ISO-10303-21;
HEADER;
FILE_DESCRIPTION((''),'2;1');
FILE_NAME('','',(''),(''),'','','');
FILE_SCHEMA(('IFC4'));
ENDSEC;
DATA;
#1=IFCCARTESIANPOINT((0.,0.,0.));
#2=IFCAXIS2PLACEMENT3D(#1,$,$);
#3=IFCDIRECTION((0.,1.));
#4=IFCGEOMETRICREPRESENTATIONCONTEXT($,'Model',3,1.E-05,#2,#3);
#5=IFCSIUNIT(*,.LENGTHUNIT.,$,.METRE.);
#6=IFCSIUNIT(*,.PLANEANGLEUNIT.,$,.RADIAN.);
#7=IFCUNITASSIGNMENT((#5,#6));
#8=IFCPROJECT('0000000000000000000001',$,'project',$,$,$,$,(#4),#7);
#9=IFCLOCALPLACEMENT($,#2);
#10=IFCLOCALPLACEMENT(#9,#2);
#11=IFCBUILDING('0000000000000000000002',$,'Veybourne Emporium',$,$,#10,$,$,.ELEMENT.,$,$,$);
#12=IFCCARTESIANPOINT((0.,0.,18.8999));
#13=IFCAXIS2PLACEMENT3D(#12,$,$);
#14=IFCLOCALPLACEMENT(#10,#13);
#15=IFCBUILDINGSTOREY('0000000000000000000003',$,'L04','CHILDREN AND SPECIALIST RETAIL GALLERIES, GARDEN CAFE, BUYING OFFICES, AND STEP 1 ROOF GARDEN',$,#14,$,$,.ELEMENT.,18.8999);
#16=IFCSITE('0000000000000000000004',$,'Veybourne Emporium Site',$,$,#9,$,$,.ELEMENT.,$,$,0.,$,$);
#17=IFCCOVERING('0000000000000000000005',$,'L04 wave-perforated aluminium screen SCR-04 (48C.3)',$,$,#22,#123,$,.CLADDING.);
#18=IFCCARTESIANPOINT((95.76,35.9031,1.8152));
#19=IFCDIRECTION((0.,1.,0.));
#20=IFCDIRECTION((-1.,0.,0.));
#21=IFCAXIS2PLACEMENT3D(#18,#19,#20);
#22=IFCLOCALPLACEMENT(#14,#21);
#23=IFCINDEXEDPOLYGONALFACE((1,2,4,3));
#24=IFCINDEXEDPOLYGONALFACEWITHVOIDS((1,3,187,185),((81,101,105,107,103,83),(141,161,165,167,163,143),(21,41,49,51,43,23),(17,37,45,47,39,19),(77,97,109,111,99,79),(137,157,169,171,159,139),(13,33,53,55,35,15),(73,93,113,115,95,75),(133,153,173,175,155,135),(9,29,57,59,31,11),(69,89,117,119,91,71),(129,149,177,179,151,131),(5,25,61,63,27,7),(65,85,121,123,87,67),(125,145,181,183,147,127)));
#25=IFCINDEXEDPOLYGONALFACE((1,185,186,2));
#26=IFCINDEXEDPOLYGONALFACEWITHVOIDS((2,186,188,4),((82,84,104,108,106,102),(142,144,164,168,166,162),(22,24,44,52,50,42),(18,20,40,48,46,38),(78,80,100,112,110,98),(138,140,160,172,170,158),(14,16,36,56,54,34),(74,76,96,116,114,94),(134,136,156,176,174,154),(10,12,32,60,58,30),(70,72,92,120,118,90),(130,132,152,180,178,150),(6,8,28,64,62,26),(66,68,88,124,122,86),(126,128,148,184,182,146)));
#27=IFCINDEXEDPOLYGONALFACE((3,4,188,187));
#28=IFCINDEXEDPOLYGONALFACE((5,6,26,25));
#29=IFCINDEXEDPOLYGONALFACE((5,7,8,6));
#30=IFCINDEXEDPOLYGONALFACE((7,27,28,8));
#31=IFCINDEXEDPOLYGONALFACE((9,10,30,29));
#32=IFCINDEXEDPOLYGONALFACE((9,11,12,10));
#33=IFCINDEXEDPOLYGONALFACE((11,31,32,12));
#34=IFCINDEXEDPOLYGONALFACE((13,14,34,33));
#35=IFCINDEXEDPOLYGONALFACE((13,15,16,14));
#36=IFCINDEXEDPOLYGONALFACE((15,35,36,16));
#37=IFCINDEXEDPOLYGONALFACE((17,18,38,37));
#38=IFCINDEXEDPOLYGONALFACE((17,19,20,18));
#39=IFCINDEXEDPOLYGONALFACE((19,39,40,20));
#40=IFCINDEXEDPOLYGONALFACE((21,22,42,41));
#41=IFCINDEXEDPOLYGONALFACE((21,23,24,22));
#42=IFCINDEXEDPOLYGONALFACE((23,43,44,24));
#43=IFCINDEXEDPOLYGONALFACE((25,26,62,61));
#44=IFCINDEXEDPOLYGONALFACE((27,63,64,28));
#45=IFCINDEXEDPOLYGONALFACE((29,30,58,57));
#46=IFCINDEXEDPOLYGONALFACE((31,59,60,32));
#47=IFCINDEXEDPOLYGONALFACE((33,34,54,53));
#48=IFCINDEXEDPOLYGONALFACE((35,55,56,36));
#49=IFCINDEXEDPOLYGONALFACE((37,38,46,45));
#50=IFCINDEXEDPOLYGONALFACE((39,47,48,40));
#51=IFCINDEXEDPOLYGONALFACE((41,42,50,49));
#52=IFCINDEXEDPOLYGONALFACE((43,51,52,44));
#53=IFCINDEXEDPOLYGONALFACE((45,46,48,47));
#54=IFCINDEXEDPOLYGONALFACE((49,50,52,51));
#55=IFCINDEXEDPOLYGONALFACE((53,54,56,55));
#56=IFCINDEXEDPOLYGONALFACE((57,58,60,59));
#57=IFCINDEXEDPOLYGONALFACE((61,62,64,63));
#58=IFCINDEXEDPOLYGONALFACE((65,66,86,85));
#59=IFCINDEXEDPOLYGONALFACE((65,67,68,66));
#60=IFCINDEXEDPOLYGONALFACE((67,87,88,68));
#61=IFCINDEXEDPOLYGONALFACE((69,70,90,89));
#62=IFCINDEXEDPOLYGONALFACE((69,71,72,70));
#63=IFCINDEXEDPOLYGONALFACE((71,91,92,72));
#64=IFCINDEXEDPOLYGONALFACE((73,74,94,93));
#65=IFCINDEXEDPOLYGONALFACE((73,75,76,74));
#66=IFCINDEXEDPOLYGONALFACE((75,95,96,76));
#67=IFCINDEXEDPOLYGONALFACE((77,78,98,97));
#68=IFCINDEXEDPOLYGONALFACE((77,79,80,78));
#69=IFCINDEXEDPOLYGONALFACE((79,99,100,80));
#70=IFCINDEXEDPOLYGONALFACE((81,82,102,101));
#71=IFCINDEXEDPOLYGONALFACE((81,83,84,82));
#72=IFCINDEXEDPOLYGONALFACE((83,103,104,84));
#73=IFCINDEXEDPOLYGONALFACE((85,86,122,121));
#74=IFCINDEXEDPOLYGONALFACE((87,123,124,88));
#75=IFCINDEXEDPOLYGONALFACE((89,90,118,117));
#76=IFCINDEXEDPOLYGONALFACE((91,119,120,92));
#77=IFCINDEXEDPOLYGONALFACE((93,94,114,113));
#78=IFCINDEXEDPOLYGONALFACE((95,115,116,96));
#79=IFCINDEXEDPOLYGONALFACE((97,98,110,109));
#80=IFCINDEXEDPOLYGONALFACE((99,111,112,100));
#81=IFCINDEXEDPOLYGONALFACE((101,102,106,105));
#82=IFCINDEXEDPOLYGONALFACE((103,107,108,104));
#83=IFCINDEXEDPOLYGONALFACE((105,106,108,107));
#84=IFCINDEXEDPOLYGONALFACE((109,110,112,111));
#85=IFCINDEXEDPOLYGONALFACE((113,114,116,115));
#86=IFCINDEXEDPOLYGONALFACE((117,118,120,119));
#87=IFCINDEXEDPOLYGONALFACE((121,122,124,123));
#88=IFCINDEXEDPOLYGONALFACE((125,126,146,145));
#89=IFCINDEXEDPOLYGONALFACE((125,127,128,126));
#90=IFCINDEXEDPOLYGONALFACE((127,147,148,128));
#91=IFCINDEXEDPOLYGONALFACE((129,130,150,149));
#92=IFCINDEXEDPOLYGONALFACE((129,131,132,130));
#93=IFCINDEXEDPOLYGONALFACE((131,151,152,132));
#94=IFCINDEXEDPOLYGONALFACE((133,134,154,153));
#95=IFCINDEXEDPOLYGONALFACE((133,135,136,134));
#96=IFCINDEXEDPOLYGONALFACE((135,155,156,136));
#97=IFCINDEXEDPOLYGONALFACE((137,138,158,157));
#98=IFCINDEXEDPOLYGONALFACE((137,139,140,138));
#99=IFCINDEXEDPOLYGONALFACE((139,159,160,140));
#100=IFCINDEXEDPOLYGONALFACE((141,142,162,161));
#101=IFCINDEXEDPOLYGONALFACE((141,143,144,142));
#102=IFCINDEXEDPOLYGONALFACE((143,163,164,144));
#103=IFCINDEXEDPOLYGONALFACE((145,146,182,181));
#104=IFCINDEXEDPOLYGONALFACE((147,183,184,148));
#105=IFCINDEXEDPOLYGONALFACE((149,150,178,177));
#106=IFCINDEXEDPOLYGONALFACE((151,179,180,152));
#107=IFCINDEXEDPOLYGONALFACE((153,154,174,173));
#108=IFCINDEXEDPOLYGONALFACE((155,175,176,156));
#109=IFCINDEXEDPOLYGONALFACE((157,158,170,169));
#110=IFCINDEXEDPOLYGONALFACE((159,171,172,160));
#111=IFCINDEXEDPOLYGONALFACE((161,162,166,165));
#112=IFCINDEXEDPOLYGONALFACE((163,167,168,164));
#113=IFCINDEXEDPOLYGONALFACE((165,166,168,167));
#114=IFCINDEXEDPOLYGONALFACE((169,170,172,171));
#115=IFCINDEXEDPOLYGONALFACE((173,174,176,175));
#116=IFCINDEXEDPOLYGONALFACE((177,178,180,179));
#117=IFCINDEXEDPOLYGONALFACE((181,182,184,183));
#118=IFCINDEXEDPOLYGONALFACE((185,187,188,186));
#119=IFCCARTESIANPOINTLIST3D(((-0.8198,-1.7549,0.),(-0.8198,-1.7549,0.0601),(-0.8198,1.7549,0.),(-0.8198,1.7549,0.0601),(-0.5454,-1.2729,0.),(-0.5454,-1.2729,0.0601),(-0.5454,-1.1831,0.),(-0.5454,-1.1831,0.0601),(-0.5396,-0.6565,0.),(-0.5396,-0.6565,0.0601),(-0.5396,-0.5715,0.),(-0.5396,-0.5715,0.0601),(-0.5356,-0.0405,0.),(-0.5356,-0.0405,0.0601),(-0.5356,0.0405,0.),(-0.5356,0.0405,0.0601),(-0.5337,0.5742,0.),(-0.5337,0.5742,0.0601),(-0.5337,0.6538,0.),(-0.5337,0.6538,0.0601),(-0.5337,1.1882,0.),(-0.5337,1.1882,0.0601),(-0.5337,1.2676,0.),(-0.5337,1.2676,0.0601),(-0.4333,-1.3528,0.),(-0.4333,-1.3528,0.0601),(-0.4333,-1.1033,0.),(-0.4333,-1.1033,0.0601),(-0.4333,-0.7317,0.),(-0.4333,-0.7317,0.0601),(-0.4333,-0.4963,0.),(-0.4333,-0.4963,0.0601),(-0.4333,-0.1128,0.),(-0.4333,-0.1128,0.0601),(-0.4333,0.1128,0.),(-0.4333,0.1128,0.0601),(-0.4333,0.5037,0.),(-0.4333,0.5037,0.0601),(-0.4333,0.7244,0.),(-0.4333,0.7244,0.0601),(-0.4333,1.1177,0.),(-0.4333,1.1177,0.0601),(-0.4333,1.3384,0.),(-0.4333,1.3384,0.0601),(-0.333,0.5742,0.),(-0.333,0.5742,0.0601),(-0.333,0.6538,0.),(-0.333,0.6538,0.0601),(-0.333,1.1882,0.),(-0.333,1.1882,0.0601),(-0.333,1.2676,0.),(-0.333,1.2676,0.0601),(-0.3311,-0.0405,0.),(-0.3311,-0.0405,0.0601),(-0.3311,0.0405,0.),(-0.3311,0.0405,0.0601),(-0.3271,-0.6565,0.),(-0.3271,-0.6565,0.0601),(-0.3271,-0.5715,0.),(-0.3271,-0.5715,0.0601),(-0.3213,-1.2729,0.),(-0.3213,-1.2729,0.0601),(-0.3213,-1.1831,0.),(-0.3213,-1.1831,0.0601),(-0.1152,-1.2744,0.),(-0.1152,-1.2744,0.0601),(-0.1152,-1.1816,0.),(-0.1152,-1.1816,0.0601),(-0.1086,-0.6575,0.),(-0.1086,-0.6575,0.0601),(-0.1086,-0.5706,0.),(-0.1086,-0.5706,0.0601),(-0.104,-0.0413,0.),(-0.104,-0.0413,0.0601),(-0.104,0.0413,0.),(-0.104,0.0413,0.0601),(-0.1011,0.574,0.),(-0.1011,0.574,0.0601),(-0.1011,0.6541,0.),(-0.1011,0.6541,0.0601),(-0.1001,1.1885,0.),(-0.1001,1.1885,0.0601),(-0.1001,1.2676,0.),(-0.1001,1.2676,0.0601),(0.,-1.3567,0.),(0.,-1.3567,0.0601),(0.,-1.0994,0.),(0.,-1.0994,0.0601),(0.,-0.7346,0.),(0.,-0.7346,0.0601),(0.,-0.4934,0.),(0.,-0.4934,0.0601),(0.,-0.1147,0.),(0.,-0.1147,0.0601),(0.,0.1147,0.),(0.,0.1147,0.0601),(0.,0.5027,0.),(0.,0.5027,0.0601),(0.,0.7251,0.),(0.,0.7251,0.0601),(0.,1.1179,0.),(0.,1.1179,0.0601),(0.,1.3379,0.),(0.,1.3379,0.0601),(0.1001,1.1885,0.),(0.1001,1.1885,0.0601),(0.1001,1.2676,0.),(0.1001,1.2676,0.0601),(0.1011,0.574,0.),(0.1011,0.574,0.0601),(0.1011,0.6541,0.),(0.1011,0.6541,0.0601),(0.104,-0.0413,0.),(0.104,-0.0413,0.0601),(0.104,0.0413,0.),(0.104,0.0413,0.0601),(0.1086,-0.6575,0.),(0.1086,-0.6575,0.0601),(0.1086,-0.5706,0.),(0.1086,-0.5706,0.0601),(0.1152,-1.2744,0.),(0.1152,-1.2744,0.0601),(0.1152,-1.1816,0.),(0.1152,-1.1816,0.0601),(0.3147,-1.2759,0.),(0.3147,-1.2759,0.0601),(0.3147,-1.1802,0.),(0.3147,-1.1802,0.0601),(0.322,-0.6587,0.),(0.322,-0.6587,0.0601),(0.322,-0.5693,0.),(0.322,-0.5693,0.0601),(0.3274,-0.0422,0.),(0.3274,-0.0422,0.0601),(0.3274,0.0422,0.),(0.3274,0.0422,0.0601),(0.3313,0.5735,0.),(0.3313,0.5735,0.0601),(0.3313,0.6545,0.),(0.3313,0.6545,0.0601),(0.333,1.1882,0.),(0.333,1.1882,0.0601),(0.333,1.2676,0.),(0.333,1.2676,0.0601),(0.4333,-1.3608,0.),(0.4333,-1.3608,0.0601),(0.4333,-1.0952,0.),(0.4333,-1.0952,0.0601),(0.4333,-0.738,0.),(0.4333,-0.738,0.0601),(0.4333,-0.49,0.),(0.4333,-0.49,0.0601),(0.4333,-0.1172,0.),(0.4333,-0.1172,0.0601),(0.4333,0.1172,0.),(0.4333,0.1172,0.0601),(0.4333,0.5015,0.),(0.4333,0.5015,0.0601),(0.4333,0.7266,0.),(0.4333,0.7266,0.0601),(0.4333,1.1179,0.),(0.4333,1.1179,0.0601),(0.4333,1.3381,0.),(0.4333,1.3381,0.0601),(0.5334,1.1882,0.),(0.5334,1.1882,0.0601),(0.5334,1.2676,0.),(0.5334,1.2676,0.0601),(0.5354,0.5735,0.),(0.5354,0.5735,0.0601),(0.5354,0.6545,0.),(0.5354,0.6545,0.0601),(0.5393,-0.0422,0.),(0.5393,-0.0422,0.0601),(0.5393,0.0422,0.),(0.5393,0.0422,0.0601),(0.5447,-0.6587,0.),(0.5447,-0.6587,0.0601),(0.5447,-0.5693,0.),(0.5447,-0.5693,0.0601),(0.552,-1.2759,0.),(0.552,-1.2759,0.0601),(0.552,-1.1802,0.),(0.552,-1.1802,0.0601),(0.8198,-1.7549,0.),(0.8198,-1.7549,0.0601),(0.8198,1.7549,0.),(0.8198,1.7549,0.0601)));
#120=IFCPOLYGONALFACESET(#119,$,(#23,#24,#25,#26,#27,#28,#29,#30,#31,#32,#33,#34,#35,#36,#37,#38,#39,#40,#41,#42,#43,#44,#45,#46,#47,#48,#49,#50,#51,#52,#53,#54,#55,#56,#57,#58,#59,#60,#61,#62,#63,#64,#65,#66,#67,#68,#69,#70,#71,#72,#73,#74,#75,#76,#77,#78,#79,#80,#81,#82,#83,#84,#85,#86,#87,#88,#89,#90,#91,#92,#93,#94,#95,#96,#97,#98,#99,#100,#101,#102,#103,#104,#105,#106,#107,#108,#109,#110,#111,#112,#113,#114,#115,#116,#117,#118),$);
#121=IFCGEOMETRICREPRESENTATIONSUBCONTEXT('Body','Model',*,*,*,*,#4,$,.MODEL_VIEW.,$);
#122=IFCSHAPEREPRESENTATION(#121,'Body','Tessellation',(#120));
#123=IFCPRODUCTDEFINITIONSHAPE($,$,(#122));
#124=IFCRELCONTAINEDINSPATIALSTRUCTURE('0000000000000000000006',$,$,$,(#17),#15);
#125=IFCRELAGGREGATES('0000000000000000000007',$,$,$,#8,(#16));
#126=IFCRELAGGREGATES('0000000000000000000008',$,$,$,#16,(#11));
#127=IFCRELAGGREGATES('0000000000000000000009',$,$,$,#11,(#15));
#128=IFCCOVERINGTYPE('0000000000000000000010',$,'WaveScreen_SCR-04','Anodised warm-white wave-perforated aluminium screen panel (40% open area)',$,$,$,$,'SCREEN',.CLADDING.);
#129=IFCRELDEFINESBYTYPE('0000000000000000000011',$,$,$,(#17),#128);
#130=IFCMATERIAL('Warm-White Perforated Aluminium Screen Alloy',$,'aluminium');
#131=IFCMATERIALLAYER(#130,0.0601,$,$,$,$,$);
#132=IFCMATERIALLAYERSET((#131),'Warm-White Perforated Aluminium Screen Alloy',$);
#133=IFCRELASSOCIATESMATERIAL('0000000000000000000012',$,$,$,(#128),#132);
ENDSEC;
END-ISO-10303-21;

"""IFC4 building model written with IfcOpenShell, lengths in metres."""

from ifc_helpers import new_model, si_unit, direction, frame, origin, place, context, subcontext, project, spatial, polyline, outline, extrude, material, layer, layer_set, type_object, element, save


model = new_model("IFC4")

# Units and contexts
model_context = context("Model", 3, precision=1e-05, world=origin(), true_north=direction((0.0, 1.0)))
body_context = subcontext(model_context, "Body", "Model", "MODEL_VIEW")
ifc_project = project(units=[si_unit("LENGTHUNIT", "METRE"), si_unit("PLANEANGLEUNIT", "RADIAN")], contexts=[model_context])

# Site, building, storey
site_placement = place(None, origin())
site = spatial("IfcSite", under=ifc_project, at=site_placement, Name="Veybourne Emporium Site", CompositionType="ELEMENT", RefElevation=0.0)
building_placement = place(site_placement, origin())
building = spatial("IfcBuilding", under=site, at=building_placement, Name="Veybourne Emporium", CompositionType="ELEMENT")
storey_placement = place(building_placement, frame((0.0, 0.0, 18.8999)))
storey = spatial("IfcBuildingStorey", under=building, at=storey_placement, Name="L04", Description="CHILDREN AND SPECIALIST RETAIL GALLERIES, GARDEN CAFE, BUYING OFFICES, AND STEP 1 ROOF GARDEN", CompositionType="ELEMENT", Elevation=18.8999)

# Covering
ifc_material_1 = material(Name="Warm-White Perforated Aluminium Screen Alloy", Category="aluminium")
ifc_layer_1 = layer(ifc_material_1, 0.0601)
ifc_layer_set_1 = layer_set([ifc_layer_1], Name="Warm-White Perforated Aluminium Screen Alloy")
covering_type_1 = type_object("IfcCoveringType", Name="WaveScreen_SCR-04", Description="Anodised warm-white wave-perforated aluminium screen panel (40% open area)", ElementType="SCREEN", PredefinedType="CLADDING", material=ifc_layer_set_1)
covering_1_placement = place(storey_placement, frame((95.76, 35.9031, 1.8152), z_axis=(0.0, 1.0, 0.0), x_axis=(-1.0, 0.0, 0.0)))
element("IfcCovering", 1, at=covering_1_placement, inside=storey, type_object=covering_type_1, Name="L04 wave-perforated aluminium screen SCR-04 (48C.3)", PredefinedType="CLADDING", context=body_context, shape_type="SweptSolid", body=[
    extrude(outline(polyline([(-0.8198, -1.7549), (0.8198, -1.7549), (0.8198, 1.7549), (-0.8198, 1.7549), (-0.8198, -1.7549)]), holes=[polyline([(-0.4333, -1.1033), (-0.3213, -1.1831), (-0.3213, -1.2729), (-0.4333, -1.3528), (-0.5454, -1.2729), (-0.5454, -1.1831), (-0.4333, -1.1033)]), polyline([(-0.4333, -0.4963), (-0.3271, -0.5715), (-0.3271, -0.6565), (-0.4333, -0.7317), (-0.5396, -0.6565), (-0.5396, -0.5715), (-0.4333, -0.4963)]), polyline([(-0.4333, 0.1128), (-0.3311, 0.0405), (-0.3311, -0.0405), (-0.4333, -0.1128), (-0.5356, -0.0405), (-0.5356, 0.0405), (-0.4333, 0.1128)]), polyline([(-0.4333, 0.7244), (-0.333, 0.6538), (-0.333, 0.5742), (-0.4333, 0.5037), (-0.5337, 0.5742), (-0.5337, 0.6538), (-0.4333, 0.7244)]), polyline([(-0.4333, 1.3384), (-0.333, 1.2676), (-0.333, 1.1882), (-0.4333, 1.1177), (-0.5337, 1.1882), (-0.5337, 1.2676), (-0.4333, 1.3384)]), polyline([(0.0, -1.0994), (0.1152, -1.1816), (0.1152, -1.2744), (0.0, -1.3567), (-0.1152, -1.2744), (-0.1152, -1.1816), (0.0, -1.0994)]), polyline([(0.0, -0.4934), (0.1086, -0.5706), (0.1086, -0.6575), (0.0, -0.7346), (-0.1086, -0.6575), (-0.1086, -0.5706), (0.0, -0.4934)]), polyline([(0.0, 0.1147), (0.104, 0.0413), (0.104, -0.0413), (0.0, -0.1147), (-0.104, -0.0413), (-0.104, 0.0413), (0.0, 0.1147)]), polyline([(0.0, 0.7251), (0.1011, 0.6541), (0.1011, 0.574), (0.0, 0.5027), (-0.1011, 0.574), (-0.1011, 0.6541), (0.0, 0.7251)]), polyline([(0.0, 1.3379), (0.1001, 1.2676), (0.1001, 1.1885), (0.0, 1.1179), (-0.1001, 1.1885), (-0.1001, 1.2676), (0.0, 1.3379)]), polyline([(0.4333, -1.0952), (0.552, -1.1802), (0.552, -1.2759), (0.4333, -1.3608), (0.3147, -1.2759), (0.3147, -1.1802), (0.4333, -1.0952)]), polyline([(0.4333, -0.49), (0.5447, -0.5693), (0.5447, -0.6587), (0.4333, -0.738), (0.322, -0.6587), (0.322, -0.5693), (0.4333, -0.49)]), polyline([(0.4333, 0.1172), (0.5393, 0.0422), (0.5393, -0.0422), (0.4333, -0.1172), (0.3274, -0.0422), (0.3274, 0.0422), (0.4333, 0.1172)]), polyline([(0.4333, 0.7266), (0.5354, 0.6545), (0.5354, 0.5735), (0.4333, 0.5015), (0.3313, 0.5735), (0.3313, 0.6545), (0.4333, 0.7266)]), polyline([(0.4333, 1.3381), (0.5334, 1.2676), (0.5334, 1.1882), (0.4333, 1.1179), (0.333, 1.1882), (0.333, 1.2676), (0.4333, 1.3381)])]), origin(), (0.0, 0.0, 1.0), 0.0601),
])

save(model, "model.ifc")
